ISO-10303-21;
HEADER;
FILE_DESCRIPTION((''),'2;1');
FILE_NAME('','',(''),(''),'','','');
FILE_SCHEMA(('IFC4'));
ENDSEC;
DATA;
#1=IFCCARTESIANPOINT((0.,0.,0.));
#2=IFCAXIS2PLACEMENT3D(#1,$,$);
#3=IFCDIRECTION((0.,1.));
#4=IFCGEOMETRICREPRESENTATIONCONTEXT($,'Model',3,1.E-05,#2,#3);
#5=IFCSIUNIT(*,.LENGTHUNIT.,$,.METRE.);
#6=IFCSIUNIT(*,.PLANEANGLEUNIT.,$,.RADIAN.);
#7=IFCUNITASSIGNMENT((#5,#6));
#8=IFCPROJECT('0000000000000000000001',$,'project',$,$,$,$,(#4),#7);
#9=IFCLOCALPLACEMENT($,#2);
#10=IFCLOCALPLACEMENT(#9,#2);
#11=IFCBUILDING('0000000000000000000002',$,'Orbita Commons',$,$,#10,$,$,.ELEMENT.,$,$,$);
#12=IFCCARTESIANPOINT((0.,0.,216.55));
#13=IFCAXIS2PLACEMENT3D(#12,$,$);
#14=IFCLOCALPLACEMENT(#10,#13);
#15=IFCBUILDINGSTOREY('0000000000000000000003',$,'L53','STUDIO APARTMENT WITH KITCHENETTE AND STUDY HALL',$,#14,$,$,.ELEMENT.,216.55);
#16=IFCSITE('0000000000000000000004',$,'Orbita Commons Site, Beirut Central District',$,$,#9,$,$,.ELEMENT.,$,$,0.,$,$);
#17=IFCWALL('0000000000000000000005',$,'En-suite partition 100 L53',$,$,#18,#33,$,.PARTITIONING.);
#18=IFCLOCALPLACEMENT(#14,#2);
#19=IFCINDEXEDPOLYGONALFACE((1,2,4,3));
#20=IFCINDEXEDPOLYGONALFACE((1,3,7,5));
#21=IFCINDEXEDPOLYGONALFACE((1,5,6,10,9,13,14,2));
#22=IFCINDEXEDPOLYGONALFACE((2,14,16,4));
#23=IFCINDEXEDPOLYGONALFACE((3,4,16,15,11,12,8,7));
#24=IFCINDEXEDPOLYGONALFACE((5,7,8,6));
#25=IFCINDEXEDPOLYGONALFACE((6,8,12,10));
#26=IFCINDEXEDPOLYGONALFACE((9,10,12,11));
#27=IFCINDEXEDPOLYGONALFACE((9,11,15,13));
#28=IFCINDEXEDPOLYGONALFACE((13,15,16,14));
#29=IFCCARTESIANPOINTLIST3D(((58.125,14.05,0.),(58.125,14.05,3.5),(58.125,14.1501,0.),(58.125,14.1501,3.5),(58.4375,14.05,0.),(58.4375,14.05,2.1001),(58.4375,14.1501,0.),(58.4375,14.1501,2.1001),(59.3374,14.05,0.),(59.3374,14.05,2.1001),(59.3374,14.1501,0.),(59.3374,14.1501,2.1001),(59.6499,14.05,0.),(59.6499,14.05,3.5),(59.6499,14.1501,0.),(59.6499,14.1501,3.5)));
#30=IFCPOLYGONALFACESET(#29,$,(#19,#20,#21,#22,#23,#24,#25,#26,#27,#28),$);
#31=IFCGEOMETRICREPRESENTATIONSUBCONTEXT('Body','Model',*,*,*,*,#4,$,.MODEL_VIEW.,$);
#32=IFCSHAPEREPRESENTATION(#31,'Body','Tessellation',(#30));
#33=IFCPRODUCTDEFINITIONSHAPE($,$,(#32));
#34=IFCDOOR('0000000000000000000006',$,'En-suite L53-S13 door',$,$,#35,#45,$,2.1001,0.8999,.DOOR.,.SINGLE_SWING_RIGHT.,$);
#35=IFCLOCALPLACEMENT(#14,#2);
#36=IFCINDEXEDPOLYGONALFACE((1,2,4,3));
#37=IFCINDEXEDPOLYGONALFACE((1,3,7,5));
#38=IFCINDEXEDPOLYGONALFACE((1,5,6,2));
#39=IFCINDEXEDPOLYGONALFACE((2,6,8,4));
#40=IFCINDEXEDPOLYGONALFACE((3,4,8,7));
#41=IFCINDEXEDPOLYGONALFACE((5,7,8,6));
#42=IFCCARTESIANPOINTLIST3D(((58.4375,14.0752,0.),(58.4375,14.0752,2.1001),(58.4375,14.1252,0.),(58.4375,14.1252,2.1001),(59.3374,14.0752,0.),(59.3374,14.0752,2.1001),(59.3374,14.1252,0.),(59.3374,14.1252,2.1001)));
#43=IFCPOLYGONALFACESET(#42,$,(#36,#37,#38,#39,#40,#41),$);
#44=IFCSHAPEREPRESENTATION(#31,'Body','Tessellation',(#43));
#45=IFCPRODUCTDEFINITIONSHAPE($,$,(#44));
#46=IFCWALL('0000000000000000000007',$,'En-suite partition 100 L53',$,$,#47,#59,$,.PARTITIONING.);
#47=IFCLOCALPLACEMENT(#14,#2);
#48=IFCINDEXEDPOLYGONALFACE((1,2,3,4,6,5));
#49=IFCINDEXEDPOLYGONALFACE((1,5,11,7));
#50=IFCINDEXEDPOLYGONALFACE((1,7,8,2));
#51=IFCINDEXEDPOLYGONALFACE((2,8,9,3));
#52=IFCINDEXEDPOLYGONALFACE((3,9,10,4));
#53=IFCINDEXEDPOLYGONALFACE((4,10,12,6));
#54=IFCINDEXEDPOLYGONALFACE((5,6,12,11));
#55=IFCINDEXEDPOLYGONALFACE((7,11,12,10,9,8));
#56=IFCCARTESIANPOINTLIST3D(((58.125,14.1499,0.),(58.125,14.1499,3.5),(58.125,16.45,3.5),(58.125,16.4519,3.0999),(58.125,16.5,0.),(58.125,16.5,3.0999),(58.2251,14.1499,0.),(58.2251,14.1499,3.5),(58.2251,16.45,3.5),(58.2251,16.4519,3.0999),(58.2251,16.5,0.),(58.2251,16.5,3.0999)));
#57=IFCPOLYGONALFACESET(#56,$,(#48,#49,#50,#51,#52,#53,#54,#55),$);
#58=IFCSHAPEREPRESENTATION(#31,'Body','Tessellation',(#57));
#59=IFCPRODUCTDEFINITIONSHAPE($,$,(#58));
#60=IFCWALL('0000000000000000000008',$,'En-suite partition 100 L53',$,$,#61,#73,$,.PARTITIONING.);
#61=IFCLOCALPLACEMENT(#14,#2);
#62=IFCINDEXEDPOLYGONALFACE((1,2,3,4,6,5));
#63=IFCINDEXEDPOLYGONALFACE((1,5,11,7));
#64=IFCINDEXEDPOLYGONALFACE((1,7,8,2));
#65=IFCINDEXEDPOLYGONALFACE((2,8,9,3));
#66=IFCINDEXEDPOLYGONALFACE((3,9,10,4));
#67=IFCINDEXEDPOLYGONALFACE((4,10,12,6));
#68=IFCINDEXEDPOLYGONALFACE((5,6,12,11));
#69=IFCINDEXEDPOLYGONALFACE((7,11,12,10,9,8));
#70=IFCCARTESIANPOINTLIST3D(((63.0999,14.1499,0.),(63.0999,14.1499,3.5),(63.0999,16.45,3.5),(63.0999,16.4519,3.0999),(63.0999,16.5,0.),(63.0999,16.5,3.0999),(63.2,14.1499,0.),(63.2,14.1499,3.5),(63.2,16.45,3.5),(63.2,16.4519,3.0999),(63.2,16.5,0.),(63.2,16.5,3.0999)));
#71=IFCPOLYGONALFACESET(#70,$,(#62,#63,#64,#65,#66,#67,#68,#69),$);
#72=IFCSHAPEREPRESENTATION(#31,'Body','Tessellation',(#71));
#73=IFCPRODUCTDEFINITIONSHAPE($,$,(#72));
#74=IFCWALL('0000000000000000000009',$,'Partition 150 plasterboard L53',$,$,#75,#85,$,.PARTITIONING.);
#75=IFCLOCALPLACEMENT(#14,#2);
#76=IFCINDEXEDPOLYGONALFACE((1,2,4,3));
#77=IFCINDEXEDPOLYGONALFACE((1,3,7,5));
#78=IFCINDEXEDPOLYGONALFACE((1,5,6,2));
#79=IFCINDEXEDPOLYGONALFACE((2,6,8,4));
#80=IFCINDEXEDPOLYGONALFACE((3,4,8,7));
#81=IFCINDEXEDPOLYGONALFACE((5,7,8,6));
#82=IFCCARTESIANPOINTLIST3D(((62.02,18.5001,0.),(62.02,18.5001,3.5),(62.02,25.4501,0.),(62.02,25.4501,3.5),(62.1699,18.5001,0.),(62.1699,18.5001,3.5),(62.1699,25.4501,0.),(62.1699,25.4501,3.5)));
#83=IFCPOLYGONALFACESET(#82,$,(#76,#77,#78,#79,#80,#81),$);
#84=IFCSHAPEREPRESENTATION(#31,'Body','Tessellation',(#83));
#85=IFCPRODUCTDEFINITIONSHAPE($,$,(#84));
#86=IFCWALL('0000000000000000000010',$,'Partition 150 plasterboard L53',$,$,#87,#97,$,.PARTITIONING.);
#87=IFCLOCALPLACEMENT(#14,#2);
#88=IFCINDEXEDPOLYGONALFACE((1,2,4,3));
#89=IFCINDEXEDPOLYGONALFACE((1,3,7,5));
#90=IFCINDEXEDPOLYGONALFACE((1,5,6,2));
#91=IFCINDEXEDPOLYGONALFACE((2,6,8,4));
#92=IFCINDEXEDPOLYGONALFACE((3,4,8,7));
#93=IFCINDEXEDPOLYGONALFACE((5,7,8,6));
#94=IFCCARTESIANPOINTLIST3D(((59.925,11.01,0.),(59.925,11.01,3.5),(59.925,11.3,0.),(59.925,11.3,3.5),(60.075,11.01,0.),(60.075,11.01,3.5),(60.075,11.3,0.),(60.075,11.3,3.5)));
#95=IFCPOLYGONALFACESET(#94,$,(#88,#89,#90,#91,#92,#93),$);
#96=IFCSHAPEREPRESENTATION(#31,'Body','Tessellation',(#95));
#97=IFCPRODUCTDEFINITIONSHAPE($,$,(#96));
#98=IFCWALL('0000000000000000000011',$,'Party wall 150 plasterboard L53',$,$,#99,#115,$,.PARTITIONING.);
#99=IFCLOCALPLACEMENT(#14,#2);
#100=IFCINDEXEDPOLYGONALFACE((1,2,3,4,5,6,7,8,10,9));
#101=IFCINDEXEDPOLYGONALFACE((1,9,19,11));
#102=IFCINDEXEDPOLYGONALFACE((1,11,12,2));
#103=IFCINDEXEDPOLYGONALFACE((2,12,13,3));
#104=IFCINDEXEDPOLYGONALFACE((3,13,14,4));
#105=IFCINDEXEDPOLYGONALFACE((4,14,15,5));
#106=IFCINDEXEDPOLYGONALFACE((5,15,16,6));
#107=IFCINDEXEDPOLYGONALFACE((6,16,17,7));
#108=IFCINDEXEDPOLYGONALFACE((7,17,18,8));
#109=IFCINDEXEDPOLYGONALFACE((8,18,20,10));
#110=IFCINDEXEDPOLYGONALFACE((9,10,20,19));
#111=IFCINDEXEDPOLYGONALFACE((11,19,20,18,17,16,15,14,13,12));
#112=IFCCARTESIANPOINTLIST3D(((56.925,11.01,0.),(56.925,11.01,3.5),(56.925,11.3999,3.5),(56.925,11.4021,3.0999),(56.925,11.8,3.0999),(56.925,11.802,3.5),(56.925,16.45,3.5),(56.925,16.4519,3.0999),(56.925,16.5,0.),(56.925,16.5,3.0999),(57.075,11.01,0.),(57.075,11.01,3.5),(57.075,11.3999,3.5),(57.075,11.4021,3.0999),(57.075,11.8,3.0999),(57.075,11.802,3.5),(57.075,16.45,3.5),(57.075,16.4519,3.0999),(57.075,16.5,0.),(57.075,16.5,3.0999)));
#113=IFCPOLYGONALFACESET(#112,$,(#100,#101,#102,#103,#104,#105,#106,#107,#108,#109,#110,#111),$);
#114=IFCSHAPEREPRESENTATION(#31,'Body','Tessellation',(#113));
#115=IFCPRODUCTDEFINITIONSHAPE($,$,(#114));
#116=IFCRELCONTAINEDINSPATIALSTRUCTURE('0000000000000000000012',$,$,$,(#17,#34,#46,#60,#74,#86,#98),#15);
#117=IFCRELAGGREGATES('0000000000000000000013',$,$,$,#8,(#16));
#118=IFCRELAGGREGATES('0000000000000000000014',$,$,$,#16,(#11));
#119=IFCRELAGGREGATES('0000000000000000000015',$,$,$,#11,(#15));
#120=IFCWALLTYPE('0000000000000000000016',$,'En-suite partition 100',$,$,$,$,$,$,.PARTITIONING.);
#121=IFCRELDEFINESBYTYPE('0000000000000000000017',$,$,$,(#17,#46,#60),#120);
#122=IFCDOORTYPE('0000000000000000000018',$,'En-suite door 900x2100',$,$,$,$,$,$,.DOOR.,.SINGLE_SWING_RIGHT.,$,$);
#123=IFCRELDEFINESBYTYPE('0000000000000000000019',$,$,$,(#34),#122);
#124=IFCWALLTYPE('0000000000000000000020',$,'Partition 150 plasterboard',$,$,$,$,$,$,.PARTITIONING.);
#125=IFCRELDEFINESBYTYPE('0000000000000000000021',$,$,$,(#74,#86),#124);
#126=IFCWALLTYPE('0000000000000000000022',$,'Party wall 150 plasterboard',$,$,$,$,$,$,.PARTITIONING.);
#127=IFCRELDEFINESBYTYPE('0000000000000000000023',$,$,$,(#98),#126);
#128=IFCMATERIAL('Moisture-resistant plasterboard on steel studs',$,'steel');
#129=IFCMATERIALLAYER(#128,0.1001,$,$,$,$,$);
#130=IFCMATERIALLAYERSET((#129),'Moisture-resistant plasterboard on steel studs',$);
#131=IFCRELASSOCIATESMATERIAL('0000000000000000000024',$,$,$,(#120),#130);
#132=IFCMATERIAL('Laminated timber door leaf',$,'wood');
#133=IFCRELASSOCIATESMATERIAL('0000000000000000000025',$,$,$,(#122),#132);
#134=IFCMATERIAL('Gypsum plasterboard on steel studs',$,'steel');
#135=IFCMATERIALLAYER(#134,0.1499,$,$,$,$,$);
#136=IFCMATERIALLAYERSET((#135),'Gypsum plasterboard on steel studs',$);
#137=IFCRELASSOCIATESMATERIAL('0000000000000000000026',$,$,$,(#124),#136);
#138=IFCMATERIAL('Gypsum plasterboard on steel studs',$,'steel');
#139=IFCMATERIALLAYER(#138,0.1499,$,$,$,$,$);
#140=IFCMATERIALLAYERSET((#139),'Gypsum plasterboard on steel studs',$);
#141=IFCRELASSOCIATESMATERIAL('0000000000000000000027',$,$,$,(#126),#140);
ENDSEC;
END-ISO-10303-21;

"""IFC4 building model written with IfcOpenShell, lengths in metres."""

from ifc_helpers import new_model, si_unit, direction, frame, frame_2d, origin, place, context, subcontext, project, spatial, polyline, rectangle, outline, extrude, material, layer, layer_set, type_object, element, fill, save


model = new_model("IFC4")

# Units and contexts
model_context = context("Model", 3, precision=1e-05, world=origin(), true_north=direction((0.0, 1.0)))
body_context = subcontext(model_context, "Body", "Model", "MODEL_VIEW")
ifc_project = project(units=[si_unit("LENGTHUNIT", "METRE"), si_unit("PLANEANGLEUNIT", "RADIAN")], contexts=[model_context])

# Site, building, storey
site_placement = place(None, origin())
site = spatial("IfcSite", under=ifc_project, at=site_placement, Name="Orbita Commons Site, Beirut Central District", CompositionType="ELEMENT", RefElevation=0.0)
building_placement = place(site_placement, origin())
building = spatial("IfcBuilding", under=site, at=building_placement, Name="Orbita Commons", CompositionType="ELEMENT")
storey_placement = place(building_placement, frame((0.0, 0.0, 216.55)))
storey = spatial("IfcBuildingStorey", under=building, at=storey_placement, Name="L53", Description="STUDIO APARTMENT WITH KITCHENETTE AND STUDY HALL", CompositionType="ELEMENT", Elevation=216.55)

# Wall, opening, door
ifc_material_1 = material(Name="Moisture-resistant plasterboard on steel studs", Category="steel")
ifc_layer_1 = layer(ifc_material_1, 0.1001)
ifc_layer_set_1 = layer_set([ifc_layer_1], Name="Moisture-resistant plasterboard on steel studs")
wall_type_1 = type_object("IfcWallType", Name="En-suite partition 100", PredefinedType="PARTITIONING", material=ifc_layer_set_1)
wall_1_placement = place(storey_placement, frame((59.6499, 14.1001, 0.0), z_axis=(0.0, 0.0, 1.0), x_axis=(-1.0, 0.0, 0.0)))
wall_1 = element("IfcWall", 1, at=wall_1_placement, inside=storey, type_object=wall_type_1, Name="En-suite partition 100 L53", PredefinedType="PARTITIONING", context=body_context, shape_type="SweptSolid", body=[
    extrude(rectangle(XDim=1.5249, YDim=0.1001, at=frame_2d((0.7625, 0.0))), origin(), (0.0, 0.0, 1.0), 3.5),
])
opening_1_placement = place(wall_1_placement, frame((0.3125, 0.0, 0.0)))
opening_1 = element("IfcOpeningElement", 2, at=opening_1_placement, cuts=wall_1, PredefinedType="OPENING", context=body_context, shape_type="SweptSolid", body=[
    extrude(rectangle(XDim=0.8999, YDim=2.1001, at=frame_2d((0.45, 1.05))), frame((0.0, 0.0601, 0.0), z_axis=(0.0, -1.0, 0.0), x_axis=(1.0, 0.0, 0.0)), (0.0, 0.0, 1.0), 0.1201),
])
ifc_material_2 = material(Name="Laminated timber door leaf", Category="wood")
door_type_1 = type_object("IfcDoorType", Name="En-suite door 900x2100", OperationType="SINGLE_SWING_RIGHT", PredefinedType="DOOR", material=ifc_material_2)
door_1_placement = place(opening_1_placement, origin())
door_1 = element("IfcDoor", 3, at=door_1_placement, inside=storey, type_object=door_type_1, Name="En-suite L53-S13 door", OperationType="SINGLE_SWING_RIGHT", OverallHeight=2.1001, OverallWidth=0.8999, PredefinedType="DOOR", context=body_context, shape_type="SweptSolid", body=[
    extrude(rectangle(XDim=0.8999, YDim=2.1001, at=frame_2d((0.45, 1.05))), frame((0.0, 0.0249, 0.0), z_axis=(0.0, -1.0, 0.0), x_axis=(1.0, 0.0, 0.0)), (0.0, 0.0, 1.0), 0.05),
])
fill(opening_1, door_1)

# Walls
for number, where, z_axis, x_axis, name in (
    (4, (58.175, 14.1499, 0.0), (0.0, 0.0, 1.0), (0.0, 1.0, 0.0), "En-suite partition 100 L53"),
    (5, (63.1499, 14.1499, 0.0), (0.0, 0.0, 1.0), (0.0, 1.0, 0.0), "En-suite partition 100 L53"),
):
    element("IfcWall", number, at=place(storey_placement, frame(where, z_axis=z_axis, x_axis=x_axis)), inside=storey, type_object=wall_type_1, Name=name, PredefinedType="PARTITIONING", context=body_context, shape_type="SweptSolid", body=[
        extrude(outline(polyline([(0.0, 0.0), (2.3501, 0.0), (2.3501, 3.0999), (2.302, 3.0999), (2.3, 3.5), (0.0, 3.5), (0.0, 0.0)])), frame((0.0, 0.05, 0.0), z_axis=(0.0, -1.0, 0.0), x_axis=(1.0, 0.0, 0.0)), (0.0, 0.0, 1.0), 0.1001),
    ])
ifc_material_3 = material(Name="Gypsum plasterboard on steel studs", Category="steel")
ifc_layer_2 = layer(ifc_material_3, 0.1499)
ifc_layer_set_2 = layer_set([ifc_layer_2], Name="Gypsum plasterboard on steel studs")
wall_type_2 = type_object("IfcWallType", Name="Partition 150 plasterboard", PredefinedType="PARTITIONING", material=ifc_layer_set_2)
wall_2_placement = place(storey_placement, frame((62.095, 18.5, 0.0), z_axis=(0.0, 0.0, 1.0), x_axis=(0.0, 1.0, 0.0)))
element("IfcWall", 6, at=wall_2_placement, inside=storey, type_object=wall_type_2, Name="Partition 150 plasterboard L53", PredefinedType="PARTITIONING", context=body_context, shape_type="SweptSolid", body=[
    extrude(rectangle(XDim=6.95, YDim=0.1499, at=frame_2d((3.4751, 0.0))), origin(), (0.0, 0.0, 1.0), 3.5),
])
wall_3_placement = place(storey_placement, frame((60.0, 11.3, 0.0), z_axis=(0.0, 0.0, 1.0), x_axis=(0.0, -1.0, 0.0)))
element("IfcWall", 7, at=wall_3_placement, inside=storey, type_object=wall_type_2, Name="Partition 150 plasterboard L53", PredefinedType="PARTITIONING", context=body_context, shape_type="SweptSolid", body=[
    extrude(rectangle(XDim=0.29, YDim=0.1499, at=frame_2d((0.145, 0.0))), origin(), (0.0, 0.0, 1.0), 3.5),
])
ifc_material_4 = material(Name="Gypsum plasterboard on steel studs", Category="steel")
ifc_layer_3 = layer(ifc_material_4, 0.1499)
ifc_layer_set_3 = layer_set([ifc_layer_3], Name="Gypsum plasterboard on steel studs")
wall_type_3 = type_object("IfcWallType", Name="Party wall 150 plasterboard", PredefinedType="PARTITIONING", material=ifc_layer_set_3)
wall_4_placement = place(storey_placement, frame((57.0, 11.01, 0.0), z_axis=(0.0, 0.0, 1.0), x_axis=(0.0, 1.0, 0.0)))
element("IfcWall", 8, at=wall_4_placement, inside=storey, type_object=wall_type_3, Name="Party wall 150 plasterboard L53", PredefinedType="PARTITIONING", context=body_context, shape_type="SweptSolid", body=[
    extrude(outline(polyline([(0.0, 0.0), (5.49, 0.0), (5.49, 3.0999), (5.4419, 3.0999), (5.4399, 3.5), (0.792, 3.5), (0.79, 3.0999), (0.3921, 3.0999), (0.3899, 3.5), (0.0, 3.5), (0.0, 0.0)])), frame((0.0, 0.075, 0.0), z_axis=(0.0, -1.0, 0.0), x_axis=(1.0, 0.0, 0.0)), (0.0, 0.0, 1.0), 0.1499),
])

save(model, "model.ifc")
